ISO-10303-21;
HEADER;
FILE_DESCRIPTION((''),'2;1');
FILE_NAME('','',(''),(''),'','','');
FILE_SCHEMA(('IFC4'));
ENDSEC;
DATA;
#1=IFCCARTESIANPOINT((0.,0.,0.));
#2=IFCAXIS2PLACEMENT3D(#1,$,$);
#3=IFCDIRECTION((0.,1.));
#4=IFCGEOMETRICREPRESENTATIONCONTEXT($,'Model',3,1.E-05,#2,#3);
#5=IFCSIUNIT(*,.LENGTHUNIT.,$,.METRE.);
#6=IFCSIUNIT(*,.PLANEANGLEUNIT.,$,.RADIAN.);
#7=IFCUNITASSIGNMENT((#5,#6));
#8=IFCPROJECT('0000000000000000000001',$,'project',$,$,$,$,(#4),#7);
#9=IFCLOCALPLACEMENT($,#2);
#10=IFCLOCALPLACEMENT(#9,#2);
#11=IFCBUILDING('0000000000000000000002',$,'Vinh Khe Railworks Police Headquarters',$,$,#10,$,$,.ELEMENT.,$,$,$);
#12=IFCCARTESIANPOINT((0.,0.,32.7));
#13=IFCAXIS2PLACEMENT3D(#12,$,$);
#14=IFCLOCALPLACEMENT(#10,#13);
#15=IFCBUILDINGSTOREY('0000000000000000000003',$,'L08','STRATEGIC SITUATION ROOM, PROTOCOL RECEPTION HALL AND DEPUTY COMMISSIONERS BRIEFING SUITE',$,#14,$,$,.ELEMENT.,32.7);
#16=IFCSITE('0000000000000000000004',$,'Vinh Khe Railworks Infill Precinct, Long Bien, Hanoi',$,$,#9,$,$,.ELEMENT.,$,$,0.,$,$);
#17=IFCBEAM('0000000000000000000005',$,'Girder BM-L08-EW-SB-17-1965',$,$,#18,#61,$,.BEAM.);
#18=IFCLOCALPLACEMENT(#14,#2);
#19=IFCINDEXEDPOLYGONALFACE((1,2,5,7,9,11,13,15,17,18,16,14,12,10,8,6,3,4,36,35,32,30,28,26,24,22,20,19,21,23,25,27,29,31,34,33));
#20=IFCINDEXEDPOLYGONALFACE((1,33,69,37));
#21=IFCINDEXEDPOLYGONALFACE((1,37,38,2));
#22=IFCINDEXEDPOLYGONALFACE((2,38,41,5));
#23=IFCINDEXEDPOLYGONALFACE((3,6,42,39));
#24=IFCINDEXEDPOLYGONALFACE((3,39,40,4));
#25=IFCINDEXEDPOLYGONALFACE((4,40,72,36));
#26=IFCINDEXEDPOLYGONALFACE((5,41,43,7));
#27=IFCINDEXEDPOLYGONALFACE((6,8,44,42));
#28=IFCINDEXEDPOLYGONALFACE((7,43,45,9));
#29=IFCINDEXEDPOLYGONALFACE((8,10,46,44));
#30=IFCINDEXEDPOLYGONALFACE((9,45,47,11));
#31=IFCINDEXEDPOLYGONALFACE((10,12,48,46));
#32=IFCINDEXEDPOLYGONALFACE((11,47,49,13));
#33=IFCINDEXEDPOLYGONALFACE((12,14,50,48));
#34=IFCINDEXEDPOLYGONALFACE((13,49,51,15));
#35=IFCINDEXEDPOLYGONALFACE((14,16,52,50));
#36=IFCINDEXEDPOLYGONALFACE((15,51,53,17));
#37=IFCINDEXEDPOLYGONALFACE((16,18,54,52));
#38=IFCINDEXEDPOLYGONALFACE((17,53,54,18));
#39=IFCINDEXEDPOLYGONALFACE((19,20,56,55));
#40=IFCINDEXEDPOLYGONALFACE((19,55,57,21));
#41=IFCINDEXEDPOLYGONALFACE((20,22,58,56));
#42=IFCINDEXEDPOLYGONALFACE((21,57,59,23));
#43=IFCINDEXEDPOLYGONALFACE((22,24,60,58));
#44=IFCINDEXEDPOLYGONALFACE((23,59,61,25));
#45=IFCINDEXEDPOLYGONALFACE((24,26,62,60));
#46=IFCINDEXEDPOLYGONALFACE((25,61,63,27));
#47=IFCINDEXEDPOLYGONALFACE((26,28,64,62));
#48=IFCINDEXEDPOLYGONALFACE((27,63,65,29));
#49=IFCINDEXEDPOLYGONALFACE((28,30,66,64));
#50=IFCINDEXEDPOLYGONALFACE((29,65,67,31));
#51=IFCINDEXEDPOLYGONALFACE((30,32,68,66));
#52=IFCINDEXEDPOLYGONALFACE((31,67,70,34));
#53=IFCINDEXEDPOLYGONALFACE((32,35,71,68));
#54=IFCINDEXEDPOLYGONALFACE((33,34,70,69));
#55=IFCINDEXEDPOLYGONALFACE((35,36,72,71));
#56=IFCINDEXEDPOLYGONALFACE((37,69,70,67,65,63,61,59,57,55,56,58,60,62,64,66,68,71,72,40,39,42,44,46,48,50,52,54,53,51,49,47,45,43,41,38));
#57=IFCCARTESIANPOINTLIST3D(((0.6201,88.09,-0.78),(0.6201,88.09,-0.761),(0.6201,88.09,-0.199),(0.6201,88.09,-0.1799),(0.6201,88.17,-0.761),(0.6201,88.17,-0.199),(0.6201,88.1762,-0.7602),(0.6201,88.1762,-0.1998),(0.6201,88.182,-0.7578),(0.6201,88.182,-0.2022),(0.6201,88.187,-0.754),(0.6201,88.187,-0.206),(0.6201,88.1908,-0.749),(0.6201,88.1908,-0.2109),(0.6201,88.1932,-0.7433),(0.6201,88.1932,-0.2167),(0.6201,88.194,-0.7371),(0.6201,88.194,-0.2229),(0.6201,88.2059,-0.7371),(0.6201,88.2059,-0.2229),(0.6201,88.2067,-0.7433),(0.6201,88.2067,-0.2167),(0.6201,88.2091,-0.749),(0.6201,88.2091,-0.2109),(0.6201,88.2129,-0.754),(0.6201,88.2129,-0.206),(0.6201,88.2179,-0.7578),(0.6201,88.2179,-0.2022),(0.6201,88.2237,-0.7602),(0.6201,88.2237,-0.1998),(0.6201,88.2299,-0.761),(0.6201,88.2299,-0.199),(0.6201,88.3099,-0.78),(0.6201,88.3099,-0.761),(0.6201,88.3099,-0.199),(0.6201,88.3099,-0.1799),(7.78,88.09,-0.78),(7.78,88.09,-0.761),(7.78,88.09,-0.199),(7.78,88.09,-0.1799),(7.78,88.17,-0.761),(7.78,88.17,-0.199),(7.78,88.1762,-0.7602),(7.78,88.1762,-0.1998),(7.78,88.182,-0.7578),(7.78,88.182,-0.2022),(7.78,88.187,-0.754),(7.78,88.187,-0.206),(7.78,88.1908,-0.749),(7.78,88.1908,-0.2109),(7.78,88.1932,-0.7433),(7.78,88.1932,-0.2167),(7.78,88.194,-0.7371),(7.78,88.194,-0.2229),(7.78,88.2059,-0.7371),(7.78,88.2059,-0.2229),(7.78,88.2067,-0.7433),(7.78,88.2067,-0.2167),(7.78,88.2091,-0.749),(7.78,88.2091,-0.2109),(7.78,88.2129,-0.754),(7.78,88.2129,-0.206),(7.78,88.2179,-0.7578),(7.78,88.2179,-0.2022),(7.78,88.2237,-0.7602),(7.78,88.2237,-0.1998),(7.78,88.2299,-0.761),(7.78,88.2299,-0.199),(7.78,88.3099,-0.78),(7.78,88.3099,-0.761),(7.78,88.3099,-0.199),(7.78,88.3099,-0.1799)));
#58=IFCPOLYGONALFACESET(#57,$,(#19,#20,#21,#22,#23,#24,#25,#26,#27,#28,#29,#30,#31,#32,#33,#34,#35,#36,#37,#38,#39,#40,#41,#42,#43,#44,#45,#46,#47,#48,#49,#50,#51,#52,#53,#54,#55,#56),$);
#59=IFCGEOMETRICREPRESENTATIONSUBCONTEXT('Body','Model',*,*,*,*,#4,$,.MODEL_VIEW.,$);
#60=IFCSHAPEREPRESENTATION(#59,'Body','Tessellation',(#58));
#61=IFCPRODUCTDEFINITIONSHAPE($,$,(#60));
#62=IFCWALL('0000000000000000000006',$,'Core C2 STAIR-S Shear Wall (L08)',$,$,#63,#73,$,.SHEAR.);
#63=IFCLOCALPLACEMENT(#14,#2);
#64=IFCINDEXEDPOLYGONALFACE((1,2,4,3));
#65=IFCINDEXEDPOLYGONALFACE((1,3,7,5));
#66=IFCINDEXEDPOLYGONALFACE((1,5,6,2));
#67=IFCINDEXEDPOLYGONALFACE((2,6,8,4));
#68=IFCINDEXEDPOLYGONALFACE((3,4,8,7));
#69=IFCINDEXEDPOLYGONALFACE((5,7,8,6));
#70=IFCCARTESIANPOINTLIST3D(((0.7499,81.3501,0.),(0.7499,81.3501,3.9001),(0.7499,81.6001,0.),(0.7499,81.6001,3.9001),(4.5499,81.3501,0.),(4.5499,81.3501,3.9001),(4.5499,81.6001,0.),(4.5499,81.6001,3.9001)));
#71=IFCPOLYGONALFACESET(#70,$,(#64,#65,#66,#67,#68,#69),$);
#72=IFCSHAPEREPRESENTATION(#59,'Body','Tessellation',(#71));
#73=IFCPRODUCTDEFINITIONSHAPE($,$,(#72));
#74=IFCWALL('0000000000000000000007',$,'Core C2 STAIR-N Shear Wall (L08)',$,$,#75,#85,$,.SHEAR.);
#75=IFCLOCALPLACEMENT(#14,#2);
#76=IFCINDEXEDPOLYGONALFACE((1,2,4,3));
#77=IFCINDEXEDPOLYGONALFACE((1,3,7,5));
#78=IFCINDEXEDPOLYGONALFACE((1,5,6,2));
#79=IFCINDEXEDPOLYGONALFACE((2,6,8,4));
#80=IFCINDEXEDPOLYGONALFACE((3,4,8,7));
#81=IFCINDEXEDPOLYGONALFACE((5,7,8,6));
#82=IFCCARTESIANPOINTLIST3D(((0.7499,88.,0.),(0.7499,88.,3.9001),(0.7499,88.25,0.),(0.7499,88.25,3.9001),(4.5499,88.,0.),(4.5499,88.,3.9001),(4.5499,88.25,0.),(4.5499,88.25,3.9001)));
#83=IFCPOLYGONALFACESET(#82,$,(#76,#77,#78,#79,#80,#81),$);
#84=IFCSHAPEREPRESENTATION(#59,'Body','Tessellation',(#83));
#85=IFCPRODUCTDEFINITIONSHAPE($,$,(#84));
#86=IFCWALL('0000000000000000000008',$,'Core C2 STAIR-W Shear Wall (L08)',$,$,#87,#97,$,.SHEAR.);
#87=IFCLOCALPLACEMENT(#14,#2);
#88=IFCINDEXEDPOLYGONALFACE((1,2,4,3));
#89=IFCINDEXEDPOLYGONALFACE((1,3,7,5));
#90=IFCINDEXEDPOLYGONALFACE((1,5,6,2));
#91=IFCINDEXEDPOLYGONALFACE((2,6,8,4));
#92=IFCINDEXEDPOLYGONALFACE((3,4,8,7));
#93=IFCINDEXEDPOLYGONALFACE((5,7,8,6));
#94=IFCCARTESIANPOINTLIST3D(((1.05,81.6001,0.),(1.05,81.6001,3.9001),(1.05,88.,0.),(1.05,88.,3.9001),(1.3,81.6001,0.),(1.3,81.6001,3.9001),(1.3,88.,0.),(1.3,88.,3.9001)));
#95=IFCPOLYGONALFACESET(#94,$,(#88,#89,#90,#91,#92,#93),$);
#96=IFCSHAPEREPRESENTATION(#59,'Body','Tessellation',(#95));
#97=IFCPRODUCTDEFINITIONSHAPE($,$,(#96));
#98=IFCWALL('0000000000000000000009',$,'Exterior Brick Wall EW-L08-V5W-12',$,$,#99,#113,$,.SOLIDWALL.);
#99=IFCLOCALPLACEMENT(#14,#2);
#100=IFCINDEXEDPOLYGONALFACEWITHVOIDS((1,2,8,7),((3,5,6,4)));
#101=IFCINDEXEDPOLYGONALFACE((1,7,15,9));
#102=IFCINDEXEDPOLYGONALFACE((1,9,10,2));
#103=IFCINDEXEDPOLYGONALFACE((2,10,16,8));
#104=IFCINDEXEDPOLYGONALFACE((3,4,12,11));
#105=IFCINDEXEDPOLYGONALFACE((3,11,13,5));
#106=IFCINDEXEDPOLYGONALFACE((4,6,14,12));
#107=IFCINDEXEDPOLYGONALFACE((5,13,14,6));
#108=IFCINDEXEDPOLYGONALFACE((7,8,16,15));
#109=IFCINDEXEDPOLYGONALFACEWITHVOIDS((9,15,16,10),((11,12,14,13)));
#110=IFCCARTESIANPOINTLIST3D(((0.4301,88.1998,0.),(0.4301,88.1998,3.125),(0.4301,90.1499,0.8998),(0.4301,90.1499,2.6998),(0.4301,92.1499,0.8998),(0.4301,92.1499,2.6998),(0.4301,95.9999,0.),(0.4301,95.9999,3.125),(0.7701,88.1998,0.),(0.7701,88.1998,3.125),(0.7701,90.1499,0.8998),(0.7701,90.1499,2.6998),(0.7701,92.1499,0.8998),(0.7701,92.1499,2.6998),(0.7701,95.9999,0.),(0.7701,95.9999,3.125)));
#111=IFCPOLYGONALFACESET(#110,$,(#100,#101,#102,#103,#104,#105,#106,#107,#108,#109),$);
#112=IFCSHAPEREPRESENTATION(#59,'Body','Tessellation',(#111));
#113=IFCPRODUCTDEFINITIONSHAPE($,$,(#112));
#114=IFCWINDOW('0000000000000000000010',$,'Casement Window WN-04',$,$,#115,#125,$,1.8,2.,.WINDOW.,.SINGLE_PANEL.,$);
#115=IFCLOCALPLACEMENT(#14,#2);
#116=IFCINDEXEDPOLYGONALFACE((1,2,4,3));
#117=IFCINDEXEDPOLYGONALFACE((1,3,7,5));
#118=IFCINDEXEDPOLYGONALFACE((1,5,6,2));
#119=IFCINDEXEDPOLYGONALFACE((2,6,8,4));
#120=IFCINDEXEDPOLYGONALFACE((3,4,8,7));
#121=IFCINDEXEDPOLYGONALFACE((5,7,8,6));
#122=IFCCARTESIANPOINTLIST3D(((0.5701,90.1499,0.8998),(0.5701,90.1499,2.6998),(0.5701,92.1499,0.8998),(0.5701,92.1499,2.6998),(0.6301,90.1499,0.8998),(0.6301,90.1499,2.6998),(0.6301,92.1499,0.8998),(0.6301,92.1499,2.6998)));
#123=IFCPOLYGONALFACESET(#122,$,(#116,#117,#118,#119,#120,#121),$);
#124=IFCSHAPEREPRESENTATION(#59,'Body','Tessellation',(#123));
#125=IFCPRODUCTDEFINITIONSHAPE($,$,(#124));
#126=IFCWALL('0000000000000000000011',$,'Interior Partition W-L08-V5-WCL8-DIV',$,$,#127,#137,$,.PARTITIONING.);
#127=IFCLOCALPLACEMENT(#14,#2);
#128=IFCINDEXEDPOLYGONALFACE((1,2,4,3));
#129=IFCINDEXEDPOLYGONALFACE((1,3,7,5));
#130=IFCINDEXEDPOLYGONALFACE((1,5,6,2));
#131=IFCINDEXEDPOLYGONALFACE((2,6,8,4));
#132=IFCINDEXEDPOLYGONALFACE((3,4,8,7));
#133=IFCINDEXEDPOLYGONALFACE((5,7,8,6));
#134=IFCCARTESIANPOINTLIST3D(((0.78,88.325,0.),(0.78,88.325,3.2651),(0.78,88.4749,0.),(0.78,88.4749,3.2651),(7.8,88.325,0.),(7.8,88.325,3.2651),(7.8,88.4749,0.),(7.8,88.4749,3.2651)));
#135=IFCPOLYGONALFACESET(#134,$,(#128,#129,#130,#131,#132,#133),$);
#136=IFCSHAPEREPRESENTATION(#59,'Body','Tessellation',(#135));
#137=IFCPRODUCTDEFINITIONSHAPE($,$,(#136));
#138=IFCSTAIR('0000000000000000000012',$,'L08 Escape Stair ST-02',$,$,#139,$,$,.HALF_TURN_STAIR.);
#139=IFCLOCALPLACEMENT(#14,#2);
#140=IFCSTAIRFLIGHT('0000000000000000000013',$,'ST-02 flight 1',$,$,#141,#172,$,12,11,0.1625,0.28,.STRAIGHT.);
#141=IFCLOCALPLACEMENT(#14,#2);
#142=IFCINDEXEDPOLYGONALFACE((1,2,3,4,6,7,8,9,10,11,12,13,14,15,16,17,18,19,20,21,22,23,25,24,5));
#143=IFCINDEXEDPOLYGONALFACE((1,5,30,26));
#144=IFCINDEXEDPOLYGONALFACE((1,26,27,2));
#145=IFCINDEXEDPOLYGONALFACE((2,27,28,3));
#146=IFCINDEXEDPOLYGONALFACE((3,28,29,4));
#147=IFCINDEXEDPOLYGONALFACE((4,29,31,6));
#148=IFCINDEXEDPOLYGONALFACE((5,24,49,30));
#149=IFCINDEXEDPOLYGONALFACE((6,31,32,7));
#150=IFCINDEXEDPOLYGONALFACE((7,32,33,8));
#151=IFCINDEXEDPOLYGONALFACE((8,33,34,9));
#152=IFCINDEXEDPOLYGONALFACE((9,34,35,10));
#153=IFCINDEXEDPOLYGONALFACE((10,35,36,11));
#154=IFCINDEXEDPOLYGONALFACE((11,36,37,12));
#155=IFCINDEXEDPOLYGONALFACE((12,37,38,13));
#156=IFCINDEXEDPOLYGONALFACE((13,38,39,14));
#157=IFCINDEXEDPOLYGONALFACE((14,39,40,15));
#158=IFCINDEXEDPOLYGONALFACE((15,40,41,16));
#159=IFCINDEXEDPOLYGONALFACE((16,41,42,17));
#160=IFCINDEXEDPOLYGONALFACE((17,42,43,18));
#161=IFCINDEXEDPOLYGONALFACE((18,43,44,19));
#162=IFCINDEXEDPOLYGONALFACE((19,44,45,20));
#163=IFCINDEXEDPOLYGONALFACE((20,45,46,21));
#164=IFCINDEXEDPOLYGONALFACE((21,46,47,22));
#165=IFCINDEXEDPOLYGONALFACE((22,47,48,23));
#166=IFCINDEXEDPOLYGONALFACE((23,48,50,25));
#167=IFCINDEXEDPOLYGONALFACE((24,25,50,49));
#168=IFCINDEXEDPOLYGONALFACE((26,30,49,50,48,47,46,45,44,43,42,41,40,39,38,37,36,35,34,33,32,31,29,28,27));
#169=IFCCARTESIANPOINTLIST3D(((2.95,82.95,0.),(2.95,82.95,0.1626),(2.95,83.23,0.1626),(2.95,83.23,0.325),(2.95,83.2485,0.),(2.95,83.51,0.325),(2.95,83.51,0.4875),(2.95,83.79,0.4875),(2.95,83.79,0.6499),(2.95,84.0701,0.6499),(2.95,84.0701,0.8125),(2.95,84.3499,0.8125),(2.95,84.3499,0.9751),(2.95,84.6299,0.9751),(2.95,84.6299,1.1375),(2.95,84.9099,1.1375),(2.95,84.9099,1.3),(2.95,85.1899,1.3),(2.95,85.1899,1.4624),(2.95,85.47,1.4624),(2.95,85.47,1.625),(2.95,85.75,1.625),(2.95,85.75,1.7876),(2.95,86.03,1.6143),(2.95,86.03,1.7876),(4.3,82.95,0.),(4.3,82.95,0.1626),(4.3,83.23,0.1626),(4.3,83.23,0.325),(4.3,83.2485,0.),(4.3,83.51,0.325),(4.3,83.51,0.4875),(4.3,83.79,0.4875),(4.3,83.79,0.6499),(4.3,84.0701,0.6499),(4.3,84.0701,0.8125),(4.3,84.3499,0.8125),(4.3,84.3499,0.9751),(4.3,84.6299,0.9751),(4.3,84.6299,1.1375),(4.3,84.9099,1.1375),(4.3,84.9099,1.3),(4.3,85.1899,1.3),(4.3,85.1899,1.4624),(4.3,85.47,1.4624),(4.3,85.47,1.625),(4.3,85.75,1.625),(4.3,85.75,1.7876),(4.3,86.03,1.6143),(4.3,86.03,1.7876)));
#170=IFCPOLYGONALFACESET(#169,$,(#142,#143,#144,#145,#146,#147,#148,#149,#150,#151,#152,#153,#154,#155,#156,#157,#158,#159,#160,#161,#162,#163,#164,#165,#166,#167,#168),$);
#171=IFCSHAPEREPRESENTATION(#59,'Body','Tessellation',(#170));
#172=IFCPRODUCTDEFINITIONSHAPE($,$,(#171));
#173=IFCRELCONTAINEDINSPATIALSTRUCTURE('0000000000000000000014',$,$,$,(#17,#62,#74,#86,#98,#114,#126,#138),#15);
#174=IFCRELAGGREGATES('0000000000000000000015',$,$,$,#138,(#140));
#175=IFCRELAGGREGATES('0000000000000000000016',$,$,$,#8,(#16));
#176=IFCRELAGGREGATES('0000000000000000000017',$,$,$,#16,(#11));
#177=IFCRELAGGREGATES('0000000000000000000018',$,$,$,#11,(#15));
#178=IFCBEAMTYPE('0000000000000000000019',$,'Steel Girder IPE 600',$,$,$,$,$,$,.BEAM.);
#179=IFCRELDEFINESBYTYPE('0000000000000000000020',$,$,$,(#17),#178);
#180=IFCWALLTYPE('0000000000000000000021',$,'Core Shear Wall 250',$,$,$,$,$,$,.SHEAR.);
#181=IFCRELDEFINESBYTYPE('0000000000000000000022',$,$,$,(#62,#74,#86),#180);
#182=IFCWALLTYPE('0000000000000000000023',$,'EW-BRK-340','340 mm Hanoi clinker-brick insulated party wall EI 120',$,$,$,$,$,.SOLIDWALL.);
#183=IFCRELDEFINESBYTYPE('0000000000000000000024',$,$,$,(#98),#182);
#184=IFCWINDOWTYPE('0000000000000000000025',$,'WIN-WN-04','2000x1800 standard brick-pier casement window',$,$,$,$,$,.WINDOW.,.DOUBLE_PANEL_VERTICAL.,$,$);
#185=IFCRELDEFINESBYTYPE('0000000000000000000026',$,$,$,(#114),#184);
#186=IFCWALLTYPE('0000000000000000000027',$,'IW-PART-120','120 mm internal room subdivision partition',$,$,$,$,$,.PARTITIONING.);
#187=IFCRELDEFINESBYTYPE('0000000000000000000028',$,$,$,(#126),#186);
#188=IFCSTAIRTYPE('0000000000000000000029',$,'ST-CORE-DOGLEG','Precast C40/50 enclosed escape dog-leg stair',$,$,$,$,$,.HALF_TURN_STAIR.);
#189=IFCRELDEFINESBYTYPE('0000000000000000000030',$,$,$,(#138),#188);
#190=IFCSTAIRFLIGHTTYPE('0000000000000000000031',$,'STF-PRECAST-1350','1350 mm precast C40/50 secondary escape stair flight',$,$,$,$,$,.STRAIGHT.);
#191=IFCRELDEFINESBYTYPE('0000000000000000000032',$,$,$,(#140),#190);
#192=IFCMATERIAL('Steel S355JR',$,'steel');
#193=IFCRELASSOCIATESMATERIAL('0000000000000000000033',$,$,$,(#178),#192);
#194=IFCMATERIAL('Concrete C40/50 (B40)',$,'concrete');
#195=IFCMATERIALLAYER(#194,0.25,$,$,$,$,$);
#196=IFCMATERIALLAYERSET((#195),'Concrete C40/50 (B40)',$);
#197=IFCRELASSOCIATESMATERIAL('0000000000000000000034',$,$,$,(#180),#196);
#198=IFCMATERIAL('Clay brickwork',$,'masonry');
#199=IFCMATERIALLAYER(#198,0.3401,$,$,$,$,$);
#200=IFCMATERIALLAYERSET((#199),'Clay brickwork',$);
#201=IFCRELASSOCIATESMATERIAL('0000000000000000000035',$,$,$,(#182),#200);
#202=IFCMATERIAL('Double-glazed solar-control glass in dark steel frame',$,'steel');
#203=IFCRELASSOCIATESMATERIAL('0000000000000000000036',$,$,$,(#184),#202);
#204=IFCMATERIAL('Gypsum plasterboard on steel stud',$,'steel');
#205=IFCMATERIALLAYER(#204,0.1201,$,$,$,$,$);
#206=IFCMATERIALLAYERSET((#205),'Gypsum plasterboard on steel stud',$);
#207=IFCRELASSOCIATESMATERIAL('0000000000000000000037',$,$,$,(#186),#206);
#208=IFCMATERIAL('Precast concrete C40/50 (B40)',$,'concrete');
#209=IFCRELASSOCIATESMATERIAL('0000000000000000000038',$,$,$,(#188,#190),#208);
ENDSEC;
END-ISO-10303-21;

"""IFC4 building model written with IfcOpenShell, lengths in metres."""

from ifc_helpers import new_model, si_unit, direction, frame, frame_2d, origin, origin_2d, place, context, subcontext, project, spatial, polyline, rectangle, i_section, outline, extrude, material, layer, layer_set, material_profile, profile_set, type_object, element, fill, aggregate, save


model = new_model("IFC4")

# Units and contexts
model_context = context("Model", 3, precision=1e-05, world=origin(), true_north=direction((0.0, 1.0)))
body_context = subcontext(model_context, "Body", "Model", "MODEL_VIEW")
ifc_project = project(units=[si_unit("LENGTHUNIT", "METRE"), si_unit("PLANEANGLEUNIT", "RADIAN")], contexts=[model_context])

# Site, building, storey
site_placement = place(None, origin())
site = spatial("IfcSite", under=ifc_project, at=site_placement, Name="Vinh Khe Railworks Infill Precinct, Long Bien, Hanoi", CompositionType="ELEMENT", RefElevation=0.0)
building_placement = place(site_placement, origin())
building = spatial("IfcBuilding", under=site, at=building_placement, Name="Vinh Khe Railworks Police Headquarters", CompositionType="ELEMENT")
storey_placement = place(building_placement, frame((0.0, 0.0, 32.7)))
storey = spatial("IfcBuildingStorey", under=building, at=storey_placement, Name="L08", Description="STRATEGIC SITUATION ROOM, PROTOCOL RECEPTION HALL AND DEPUTY COMMISSIONERS BRIEFING SUITE", CompositionType="ELEMENT", Elevation=32.7)

# Shared definitions
ifc_material_1 = material(Name="Steel S355JR", Category="steel")

# Beam
ifc_material_profile_1 = material_profile(ifc_material_1, i_section(OverallWidth=0.22, OverallDepth=0.6001, WebThickness=0.012, FlangeThickness=0.019, FilletRadius=0.0239, at=origin_2d()), Name="IPE 600")
ifc_profile_set_1 = profile_set([ifc_material_profile_1], Name="Steel S355JR")
beam_type_1 = type_object("IfcBeamType", Name="Steel Girder IPE 600", PredefinedType="BEAM", material=ifc_profile_set_1)
beam_1_placement = place(storey_placement, frame((0.6201, 88.2, -0.48), z_axis=(1.0, 0.0, 0.0), x_axis=(0.0, 1.0, 0.0)))
element("IfcBeam", 1, at=beam_1_placement, inside=storey, type_object=beam_type_1, Name="Girder BM-L08-EW-SB-17-1965", PredefinedType="BEAM", context=body_context, shape_type="SweptSolid", body=[
    extrude(i_section(OverallWidth=0.22, OverallDepth=0.6001, WebThickness=0.012, FlangeThickness=0.019, FilletRadius=0.0239, at=origin_2d()), origin(), (0.0, 0.0, 1.0), 7.1599),
])

# Walls
ifc_material_2 = material(Name="Concrete C40/50 (B40)", Category="concrete")
ifc_layer_1 = layer(ifc_material_2, 0.25)
ifc_layer_set_1 = layer_set([ifc_layer_1], Name="Concrete C40/50 (B40)")
wall_type_1 = type_object("IfcWallType", Name="Core Shear Wall 250", PredefinedType="SHEAR", material=ifc_layer_set_1)
for number, where, z_axis, x_axis, name in (
    (2, (0.75, 81.4751, 0.0), (0.0, 0.0, 1.0), (1.0, 0.0, 0.0), "Core C2 STAIR-S Shear Wall (L08)"),
    (3, (0.75, 88.125, 0.0), (0.0, 0.0, 1.0), (1.0, 0.0, 0.0), "Core C2 STAIR-N Shear Wall (L08)"),
):
    element("IfcWall", number, at=place(storey_placement, frame(where, z_axis=z_axis, x_axis=x_axis)), inside=storey, type_object=wall_type_1, Name=name, PredefinedType="SHEAR", context=body_context, shape_type="SweptSolid", body=[
        extrude(rectangle(XDim=3.8, YDim=0.25, at=frame_2d((1.8999, 0.0))), origin(), (0.0, 0.0, 1.0), 3.9001),
    ])
wall_1_placement = place(storey_placement, frame((1.175, 81.6001, 0.0), z_axis=(0.0, 0.0, 1.0), x_axis=(0.0, 1.0, 0.0)))
element("IfcWall", 4, at=wall_1_placement, inside=storey, type_object=wall_type_1, Name="Core C2 STAIR-W Shear Wall (L08)", PredefinedType="SHEAR", context=body_context, shape_type="SweptSolid", body=[
    extrude(rectangle(XDim=6.3999, YDim=0.25, at=frame_2d((3.2, 0.0))), origin(), (0.0, 0.0, 1.0), 3.9001),
])

# Wall, opening, window
ifc_material_3 = material(Name="Clay brickwork", Category="masonry")
ifc_layer_2 = layer(ifc_material_3, 0.3401)
ifc_layer_set_2 = layer_set([ifc_layer_2], Name="Clay brickwork")
wall_type_2 = type_object("IfcWallType", Name="EW-BRK-340", Description="340 mm Hanoi clinker-brick insulated party wall EI 120", PredefinedType="SOLIDWALL", material=ifc_layer_set_2)
wall_2_placement = place(storey_placement, frame((0.6001, 88.2, 0.0), z_axis=(0.0, 0.0, 1.0), x_axis=(0.0, 1.0, 0.0)))
wall_2 = element("IfcWall", 5, at=wall_2_placement, inside=storey, type_object=wall_type_2, Name="Exterior Brick Wall EW-L08-V5W-12", PredefinedType="SOLIDWALL", context=body_context, shape_type="SweptSolid", body=[
    extrude(rectangle(XDim=7.8, YDim=0.3401, at=frame_2d((3.8999, 0.0))), origin(), (0.0, 0.0, 1.0), 3.125),
])
opening_placement = place(wall_2_placement, frame((1.95, 0.0, 0.8999)))
opening = element("IfcOpeningElement", 6, at=opening_placement, cuts=wall_2, PredefinedType="OPENING", context=body_context, shape_type="SweptSolid", body=[
    extrude(rectangle(XDim=2.0, YDim=1.8, at=frame_2d((1.0, 0.8999))), frame((0.0, 0.1851, 0.0), z_axis=(0.0, -1.0, 0.0), x_axis=(1.0, 0.0, 0.0)), (0.0, 0.0, 1.0), 0.3699),
])
ifc_material_4 = material(Name="Double-glazed solar-control glass in dark steel frame", Category="steel")
window_type = type_object("IfcWindowType", Name="WIN-WN-04", Description="2000x1800 standard brick-pier casement window", PartitioningType="DOUBLE_PANEL_VERTICAL", PredefinedType="WINDOW", material=ifc_material_4)
window_placement = place(opening_placement, origin())
window = element("IfcWindow", 7, at=window_placement, inside=storey, type_object=window_type, Name="Casement Window WN-04", OverallHeight=1.8, OverallWidth=2.0, PartitioningType="SINGLE_PANEL", PredefinedType="WINDOW", context=body_context, shape_type="SweptSolid", body=[
    extrude(rectangle(XDim=2.0, YDim=1.8, at=frame_2d((1.0, 0.8999))), frame((0.0, 0.03, 0.0), z_axis=(0.0, -1.0, 0.0), x_axis=(1.0, 0.0, 0.0)), (0.0, 0.0, 1.0), 0.0601),
])
fill(opening, window)

# Wall
ifc_material_5 = material(Name="Gypsum plasterboard on steel stud", Category="steel")
ifc_layer_3 = layer(ifc_material_5, 0.1201)
ifc_layer_set_3 = layer_set([ifc_layer_3], Name="Gypsum plasterboard on steel stud")
wall_type_3 = type_object("IfcWallType", Name="IW-PART-120", Description="120 mm internal room subdivision partition", PredefinedType="PARTITIONING", material=ifc_layer_set_3)
wall_3_placement = place(storey_placement, frame((0.78, 88.3999, 0.0), z_axis=(0.0, 0.0, 1.0), x_axis=(1.0, 0.0, 0.0)))
element("IfcWall", 8, at=wall_3_placement, inside=storey, type_object=wall_type_3, Name="Interior Partition W-L08-V5-WCL8-DIV", PredefinedType="PARTITIONING", context=body_context, shape_type="SweptSolid", body=[
    extrude(rectangle(XDim=7.02, YDim=0.1499, at=frame_2d((3.51, 0.0))), origin(), (0.0, 0.0, 1.0), 3.2651),
])

# Stair, stair flight
ifc_material_6 = material(Name="Precast concrete C40/50 (B40)", Category="concrete")
stair_type = type_object("IfcStairType", Name="ST-CORE-DOGLEG", Description="Precast C40/50 enclosed escape dog-leg stair", PredefinedType="HALF_TURN_STAIR", material=ifc_material_6)
stair_placement = place(storey_placement, origin())
stair = element("IfcStair", 9, at=stair_placement, inside=storey, type_object=stair_type, Name="L08 Escape Stair ST-02", PredefinedType="HALF_TURN_STAIR")
stair_flight_type = type_object("IfcStairFlightType", Name="STF-PRECAST-1350", Description="1350 mm precast C40/50 secondary escape stair flight", PredefinedType="STRAIGHT", material=ifc_material_6)
stair_flight_1_placement = place(storey_placement, frame((3.625, 82.95, 0.0), z_axis=(0.0, 0.0, 1.0), x_axis=(0.0, 1.0, 0.0)))
stair_flight_1 = element("IfcStairFlight", 10, at=stair_flight_1_placement, type_object=stair_flight_type, Name="ST-02 flight 1", NumberOfRisers=12, NumberOfTreads=11, PredefinedType="STRAIGHT", RiserHeight=0.1625, TreadLength=0.28, context=body_context, shape_type="SweptSolid", body=[
    extrude(outline(polyline([(0.0, 0.0), (0.0, 0.1626), (0.28, 0.1626), (0.28, 0.325), (0.5601, 0.325), (0.5601, 0.4875), (0.8401, 0.4875), (0.8401, 0.6499), (1.1201, 0.6499), (1.1201, 0.8125), (1.3999, 0.8125), (1.3999, 0.9751), (1.6799, 0.9751), (1.6799, 1.1375), (1.96, 1.1375), (1.96, 1.3), (2.24, 1.3), (2.24, 1.4624), (2.52, 1.4624), (2.52, 1.625), (2.8, 1.625), (2.8, 1.7876), (3.0801, 1.7876), (3.0801, 1.95), (3.0801, 1.6143), (0.2986, 0.0), (0.0, 0.0)])), frame((0.0, 0.675, 0.0), z_axis=(0.0, -1.0, 0.0), x_axis=(1.0, 0.0, 0.0)), (0.0, 0.0, 1.0), 1.3501),
])
aggregate(stair, [stair_flight_1])

save(model, "model.ifc")
